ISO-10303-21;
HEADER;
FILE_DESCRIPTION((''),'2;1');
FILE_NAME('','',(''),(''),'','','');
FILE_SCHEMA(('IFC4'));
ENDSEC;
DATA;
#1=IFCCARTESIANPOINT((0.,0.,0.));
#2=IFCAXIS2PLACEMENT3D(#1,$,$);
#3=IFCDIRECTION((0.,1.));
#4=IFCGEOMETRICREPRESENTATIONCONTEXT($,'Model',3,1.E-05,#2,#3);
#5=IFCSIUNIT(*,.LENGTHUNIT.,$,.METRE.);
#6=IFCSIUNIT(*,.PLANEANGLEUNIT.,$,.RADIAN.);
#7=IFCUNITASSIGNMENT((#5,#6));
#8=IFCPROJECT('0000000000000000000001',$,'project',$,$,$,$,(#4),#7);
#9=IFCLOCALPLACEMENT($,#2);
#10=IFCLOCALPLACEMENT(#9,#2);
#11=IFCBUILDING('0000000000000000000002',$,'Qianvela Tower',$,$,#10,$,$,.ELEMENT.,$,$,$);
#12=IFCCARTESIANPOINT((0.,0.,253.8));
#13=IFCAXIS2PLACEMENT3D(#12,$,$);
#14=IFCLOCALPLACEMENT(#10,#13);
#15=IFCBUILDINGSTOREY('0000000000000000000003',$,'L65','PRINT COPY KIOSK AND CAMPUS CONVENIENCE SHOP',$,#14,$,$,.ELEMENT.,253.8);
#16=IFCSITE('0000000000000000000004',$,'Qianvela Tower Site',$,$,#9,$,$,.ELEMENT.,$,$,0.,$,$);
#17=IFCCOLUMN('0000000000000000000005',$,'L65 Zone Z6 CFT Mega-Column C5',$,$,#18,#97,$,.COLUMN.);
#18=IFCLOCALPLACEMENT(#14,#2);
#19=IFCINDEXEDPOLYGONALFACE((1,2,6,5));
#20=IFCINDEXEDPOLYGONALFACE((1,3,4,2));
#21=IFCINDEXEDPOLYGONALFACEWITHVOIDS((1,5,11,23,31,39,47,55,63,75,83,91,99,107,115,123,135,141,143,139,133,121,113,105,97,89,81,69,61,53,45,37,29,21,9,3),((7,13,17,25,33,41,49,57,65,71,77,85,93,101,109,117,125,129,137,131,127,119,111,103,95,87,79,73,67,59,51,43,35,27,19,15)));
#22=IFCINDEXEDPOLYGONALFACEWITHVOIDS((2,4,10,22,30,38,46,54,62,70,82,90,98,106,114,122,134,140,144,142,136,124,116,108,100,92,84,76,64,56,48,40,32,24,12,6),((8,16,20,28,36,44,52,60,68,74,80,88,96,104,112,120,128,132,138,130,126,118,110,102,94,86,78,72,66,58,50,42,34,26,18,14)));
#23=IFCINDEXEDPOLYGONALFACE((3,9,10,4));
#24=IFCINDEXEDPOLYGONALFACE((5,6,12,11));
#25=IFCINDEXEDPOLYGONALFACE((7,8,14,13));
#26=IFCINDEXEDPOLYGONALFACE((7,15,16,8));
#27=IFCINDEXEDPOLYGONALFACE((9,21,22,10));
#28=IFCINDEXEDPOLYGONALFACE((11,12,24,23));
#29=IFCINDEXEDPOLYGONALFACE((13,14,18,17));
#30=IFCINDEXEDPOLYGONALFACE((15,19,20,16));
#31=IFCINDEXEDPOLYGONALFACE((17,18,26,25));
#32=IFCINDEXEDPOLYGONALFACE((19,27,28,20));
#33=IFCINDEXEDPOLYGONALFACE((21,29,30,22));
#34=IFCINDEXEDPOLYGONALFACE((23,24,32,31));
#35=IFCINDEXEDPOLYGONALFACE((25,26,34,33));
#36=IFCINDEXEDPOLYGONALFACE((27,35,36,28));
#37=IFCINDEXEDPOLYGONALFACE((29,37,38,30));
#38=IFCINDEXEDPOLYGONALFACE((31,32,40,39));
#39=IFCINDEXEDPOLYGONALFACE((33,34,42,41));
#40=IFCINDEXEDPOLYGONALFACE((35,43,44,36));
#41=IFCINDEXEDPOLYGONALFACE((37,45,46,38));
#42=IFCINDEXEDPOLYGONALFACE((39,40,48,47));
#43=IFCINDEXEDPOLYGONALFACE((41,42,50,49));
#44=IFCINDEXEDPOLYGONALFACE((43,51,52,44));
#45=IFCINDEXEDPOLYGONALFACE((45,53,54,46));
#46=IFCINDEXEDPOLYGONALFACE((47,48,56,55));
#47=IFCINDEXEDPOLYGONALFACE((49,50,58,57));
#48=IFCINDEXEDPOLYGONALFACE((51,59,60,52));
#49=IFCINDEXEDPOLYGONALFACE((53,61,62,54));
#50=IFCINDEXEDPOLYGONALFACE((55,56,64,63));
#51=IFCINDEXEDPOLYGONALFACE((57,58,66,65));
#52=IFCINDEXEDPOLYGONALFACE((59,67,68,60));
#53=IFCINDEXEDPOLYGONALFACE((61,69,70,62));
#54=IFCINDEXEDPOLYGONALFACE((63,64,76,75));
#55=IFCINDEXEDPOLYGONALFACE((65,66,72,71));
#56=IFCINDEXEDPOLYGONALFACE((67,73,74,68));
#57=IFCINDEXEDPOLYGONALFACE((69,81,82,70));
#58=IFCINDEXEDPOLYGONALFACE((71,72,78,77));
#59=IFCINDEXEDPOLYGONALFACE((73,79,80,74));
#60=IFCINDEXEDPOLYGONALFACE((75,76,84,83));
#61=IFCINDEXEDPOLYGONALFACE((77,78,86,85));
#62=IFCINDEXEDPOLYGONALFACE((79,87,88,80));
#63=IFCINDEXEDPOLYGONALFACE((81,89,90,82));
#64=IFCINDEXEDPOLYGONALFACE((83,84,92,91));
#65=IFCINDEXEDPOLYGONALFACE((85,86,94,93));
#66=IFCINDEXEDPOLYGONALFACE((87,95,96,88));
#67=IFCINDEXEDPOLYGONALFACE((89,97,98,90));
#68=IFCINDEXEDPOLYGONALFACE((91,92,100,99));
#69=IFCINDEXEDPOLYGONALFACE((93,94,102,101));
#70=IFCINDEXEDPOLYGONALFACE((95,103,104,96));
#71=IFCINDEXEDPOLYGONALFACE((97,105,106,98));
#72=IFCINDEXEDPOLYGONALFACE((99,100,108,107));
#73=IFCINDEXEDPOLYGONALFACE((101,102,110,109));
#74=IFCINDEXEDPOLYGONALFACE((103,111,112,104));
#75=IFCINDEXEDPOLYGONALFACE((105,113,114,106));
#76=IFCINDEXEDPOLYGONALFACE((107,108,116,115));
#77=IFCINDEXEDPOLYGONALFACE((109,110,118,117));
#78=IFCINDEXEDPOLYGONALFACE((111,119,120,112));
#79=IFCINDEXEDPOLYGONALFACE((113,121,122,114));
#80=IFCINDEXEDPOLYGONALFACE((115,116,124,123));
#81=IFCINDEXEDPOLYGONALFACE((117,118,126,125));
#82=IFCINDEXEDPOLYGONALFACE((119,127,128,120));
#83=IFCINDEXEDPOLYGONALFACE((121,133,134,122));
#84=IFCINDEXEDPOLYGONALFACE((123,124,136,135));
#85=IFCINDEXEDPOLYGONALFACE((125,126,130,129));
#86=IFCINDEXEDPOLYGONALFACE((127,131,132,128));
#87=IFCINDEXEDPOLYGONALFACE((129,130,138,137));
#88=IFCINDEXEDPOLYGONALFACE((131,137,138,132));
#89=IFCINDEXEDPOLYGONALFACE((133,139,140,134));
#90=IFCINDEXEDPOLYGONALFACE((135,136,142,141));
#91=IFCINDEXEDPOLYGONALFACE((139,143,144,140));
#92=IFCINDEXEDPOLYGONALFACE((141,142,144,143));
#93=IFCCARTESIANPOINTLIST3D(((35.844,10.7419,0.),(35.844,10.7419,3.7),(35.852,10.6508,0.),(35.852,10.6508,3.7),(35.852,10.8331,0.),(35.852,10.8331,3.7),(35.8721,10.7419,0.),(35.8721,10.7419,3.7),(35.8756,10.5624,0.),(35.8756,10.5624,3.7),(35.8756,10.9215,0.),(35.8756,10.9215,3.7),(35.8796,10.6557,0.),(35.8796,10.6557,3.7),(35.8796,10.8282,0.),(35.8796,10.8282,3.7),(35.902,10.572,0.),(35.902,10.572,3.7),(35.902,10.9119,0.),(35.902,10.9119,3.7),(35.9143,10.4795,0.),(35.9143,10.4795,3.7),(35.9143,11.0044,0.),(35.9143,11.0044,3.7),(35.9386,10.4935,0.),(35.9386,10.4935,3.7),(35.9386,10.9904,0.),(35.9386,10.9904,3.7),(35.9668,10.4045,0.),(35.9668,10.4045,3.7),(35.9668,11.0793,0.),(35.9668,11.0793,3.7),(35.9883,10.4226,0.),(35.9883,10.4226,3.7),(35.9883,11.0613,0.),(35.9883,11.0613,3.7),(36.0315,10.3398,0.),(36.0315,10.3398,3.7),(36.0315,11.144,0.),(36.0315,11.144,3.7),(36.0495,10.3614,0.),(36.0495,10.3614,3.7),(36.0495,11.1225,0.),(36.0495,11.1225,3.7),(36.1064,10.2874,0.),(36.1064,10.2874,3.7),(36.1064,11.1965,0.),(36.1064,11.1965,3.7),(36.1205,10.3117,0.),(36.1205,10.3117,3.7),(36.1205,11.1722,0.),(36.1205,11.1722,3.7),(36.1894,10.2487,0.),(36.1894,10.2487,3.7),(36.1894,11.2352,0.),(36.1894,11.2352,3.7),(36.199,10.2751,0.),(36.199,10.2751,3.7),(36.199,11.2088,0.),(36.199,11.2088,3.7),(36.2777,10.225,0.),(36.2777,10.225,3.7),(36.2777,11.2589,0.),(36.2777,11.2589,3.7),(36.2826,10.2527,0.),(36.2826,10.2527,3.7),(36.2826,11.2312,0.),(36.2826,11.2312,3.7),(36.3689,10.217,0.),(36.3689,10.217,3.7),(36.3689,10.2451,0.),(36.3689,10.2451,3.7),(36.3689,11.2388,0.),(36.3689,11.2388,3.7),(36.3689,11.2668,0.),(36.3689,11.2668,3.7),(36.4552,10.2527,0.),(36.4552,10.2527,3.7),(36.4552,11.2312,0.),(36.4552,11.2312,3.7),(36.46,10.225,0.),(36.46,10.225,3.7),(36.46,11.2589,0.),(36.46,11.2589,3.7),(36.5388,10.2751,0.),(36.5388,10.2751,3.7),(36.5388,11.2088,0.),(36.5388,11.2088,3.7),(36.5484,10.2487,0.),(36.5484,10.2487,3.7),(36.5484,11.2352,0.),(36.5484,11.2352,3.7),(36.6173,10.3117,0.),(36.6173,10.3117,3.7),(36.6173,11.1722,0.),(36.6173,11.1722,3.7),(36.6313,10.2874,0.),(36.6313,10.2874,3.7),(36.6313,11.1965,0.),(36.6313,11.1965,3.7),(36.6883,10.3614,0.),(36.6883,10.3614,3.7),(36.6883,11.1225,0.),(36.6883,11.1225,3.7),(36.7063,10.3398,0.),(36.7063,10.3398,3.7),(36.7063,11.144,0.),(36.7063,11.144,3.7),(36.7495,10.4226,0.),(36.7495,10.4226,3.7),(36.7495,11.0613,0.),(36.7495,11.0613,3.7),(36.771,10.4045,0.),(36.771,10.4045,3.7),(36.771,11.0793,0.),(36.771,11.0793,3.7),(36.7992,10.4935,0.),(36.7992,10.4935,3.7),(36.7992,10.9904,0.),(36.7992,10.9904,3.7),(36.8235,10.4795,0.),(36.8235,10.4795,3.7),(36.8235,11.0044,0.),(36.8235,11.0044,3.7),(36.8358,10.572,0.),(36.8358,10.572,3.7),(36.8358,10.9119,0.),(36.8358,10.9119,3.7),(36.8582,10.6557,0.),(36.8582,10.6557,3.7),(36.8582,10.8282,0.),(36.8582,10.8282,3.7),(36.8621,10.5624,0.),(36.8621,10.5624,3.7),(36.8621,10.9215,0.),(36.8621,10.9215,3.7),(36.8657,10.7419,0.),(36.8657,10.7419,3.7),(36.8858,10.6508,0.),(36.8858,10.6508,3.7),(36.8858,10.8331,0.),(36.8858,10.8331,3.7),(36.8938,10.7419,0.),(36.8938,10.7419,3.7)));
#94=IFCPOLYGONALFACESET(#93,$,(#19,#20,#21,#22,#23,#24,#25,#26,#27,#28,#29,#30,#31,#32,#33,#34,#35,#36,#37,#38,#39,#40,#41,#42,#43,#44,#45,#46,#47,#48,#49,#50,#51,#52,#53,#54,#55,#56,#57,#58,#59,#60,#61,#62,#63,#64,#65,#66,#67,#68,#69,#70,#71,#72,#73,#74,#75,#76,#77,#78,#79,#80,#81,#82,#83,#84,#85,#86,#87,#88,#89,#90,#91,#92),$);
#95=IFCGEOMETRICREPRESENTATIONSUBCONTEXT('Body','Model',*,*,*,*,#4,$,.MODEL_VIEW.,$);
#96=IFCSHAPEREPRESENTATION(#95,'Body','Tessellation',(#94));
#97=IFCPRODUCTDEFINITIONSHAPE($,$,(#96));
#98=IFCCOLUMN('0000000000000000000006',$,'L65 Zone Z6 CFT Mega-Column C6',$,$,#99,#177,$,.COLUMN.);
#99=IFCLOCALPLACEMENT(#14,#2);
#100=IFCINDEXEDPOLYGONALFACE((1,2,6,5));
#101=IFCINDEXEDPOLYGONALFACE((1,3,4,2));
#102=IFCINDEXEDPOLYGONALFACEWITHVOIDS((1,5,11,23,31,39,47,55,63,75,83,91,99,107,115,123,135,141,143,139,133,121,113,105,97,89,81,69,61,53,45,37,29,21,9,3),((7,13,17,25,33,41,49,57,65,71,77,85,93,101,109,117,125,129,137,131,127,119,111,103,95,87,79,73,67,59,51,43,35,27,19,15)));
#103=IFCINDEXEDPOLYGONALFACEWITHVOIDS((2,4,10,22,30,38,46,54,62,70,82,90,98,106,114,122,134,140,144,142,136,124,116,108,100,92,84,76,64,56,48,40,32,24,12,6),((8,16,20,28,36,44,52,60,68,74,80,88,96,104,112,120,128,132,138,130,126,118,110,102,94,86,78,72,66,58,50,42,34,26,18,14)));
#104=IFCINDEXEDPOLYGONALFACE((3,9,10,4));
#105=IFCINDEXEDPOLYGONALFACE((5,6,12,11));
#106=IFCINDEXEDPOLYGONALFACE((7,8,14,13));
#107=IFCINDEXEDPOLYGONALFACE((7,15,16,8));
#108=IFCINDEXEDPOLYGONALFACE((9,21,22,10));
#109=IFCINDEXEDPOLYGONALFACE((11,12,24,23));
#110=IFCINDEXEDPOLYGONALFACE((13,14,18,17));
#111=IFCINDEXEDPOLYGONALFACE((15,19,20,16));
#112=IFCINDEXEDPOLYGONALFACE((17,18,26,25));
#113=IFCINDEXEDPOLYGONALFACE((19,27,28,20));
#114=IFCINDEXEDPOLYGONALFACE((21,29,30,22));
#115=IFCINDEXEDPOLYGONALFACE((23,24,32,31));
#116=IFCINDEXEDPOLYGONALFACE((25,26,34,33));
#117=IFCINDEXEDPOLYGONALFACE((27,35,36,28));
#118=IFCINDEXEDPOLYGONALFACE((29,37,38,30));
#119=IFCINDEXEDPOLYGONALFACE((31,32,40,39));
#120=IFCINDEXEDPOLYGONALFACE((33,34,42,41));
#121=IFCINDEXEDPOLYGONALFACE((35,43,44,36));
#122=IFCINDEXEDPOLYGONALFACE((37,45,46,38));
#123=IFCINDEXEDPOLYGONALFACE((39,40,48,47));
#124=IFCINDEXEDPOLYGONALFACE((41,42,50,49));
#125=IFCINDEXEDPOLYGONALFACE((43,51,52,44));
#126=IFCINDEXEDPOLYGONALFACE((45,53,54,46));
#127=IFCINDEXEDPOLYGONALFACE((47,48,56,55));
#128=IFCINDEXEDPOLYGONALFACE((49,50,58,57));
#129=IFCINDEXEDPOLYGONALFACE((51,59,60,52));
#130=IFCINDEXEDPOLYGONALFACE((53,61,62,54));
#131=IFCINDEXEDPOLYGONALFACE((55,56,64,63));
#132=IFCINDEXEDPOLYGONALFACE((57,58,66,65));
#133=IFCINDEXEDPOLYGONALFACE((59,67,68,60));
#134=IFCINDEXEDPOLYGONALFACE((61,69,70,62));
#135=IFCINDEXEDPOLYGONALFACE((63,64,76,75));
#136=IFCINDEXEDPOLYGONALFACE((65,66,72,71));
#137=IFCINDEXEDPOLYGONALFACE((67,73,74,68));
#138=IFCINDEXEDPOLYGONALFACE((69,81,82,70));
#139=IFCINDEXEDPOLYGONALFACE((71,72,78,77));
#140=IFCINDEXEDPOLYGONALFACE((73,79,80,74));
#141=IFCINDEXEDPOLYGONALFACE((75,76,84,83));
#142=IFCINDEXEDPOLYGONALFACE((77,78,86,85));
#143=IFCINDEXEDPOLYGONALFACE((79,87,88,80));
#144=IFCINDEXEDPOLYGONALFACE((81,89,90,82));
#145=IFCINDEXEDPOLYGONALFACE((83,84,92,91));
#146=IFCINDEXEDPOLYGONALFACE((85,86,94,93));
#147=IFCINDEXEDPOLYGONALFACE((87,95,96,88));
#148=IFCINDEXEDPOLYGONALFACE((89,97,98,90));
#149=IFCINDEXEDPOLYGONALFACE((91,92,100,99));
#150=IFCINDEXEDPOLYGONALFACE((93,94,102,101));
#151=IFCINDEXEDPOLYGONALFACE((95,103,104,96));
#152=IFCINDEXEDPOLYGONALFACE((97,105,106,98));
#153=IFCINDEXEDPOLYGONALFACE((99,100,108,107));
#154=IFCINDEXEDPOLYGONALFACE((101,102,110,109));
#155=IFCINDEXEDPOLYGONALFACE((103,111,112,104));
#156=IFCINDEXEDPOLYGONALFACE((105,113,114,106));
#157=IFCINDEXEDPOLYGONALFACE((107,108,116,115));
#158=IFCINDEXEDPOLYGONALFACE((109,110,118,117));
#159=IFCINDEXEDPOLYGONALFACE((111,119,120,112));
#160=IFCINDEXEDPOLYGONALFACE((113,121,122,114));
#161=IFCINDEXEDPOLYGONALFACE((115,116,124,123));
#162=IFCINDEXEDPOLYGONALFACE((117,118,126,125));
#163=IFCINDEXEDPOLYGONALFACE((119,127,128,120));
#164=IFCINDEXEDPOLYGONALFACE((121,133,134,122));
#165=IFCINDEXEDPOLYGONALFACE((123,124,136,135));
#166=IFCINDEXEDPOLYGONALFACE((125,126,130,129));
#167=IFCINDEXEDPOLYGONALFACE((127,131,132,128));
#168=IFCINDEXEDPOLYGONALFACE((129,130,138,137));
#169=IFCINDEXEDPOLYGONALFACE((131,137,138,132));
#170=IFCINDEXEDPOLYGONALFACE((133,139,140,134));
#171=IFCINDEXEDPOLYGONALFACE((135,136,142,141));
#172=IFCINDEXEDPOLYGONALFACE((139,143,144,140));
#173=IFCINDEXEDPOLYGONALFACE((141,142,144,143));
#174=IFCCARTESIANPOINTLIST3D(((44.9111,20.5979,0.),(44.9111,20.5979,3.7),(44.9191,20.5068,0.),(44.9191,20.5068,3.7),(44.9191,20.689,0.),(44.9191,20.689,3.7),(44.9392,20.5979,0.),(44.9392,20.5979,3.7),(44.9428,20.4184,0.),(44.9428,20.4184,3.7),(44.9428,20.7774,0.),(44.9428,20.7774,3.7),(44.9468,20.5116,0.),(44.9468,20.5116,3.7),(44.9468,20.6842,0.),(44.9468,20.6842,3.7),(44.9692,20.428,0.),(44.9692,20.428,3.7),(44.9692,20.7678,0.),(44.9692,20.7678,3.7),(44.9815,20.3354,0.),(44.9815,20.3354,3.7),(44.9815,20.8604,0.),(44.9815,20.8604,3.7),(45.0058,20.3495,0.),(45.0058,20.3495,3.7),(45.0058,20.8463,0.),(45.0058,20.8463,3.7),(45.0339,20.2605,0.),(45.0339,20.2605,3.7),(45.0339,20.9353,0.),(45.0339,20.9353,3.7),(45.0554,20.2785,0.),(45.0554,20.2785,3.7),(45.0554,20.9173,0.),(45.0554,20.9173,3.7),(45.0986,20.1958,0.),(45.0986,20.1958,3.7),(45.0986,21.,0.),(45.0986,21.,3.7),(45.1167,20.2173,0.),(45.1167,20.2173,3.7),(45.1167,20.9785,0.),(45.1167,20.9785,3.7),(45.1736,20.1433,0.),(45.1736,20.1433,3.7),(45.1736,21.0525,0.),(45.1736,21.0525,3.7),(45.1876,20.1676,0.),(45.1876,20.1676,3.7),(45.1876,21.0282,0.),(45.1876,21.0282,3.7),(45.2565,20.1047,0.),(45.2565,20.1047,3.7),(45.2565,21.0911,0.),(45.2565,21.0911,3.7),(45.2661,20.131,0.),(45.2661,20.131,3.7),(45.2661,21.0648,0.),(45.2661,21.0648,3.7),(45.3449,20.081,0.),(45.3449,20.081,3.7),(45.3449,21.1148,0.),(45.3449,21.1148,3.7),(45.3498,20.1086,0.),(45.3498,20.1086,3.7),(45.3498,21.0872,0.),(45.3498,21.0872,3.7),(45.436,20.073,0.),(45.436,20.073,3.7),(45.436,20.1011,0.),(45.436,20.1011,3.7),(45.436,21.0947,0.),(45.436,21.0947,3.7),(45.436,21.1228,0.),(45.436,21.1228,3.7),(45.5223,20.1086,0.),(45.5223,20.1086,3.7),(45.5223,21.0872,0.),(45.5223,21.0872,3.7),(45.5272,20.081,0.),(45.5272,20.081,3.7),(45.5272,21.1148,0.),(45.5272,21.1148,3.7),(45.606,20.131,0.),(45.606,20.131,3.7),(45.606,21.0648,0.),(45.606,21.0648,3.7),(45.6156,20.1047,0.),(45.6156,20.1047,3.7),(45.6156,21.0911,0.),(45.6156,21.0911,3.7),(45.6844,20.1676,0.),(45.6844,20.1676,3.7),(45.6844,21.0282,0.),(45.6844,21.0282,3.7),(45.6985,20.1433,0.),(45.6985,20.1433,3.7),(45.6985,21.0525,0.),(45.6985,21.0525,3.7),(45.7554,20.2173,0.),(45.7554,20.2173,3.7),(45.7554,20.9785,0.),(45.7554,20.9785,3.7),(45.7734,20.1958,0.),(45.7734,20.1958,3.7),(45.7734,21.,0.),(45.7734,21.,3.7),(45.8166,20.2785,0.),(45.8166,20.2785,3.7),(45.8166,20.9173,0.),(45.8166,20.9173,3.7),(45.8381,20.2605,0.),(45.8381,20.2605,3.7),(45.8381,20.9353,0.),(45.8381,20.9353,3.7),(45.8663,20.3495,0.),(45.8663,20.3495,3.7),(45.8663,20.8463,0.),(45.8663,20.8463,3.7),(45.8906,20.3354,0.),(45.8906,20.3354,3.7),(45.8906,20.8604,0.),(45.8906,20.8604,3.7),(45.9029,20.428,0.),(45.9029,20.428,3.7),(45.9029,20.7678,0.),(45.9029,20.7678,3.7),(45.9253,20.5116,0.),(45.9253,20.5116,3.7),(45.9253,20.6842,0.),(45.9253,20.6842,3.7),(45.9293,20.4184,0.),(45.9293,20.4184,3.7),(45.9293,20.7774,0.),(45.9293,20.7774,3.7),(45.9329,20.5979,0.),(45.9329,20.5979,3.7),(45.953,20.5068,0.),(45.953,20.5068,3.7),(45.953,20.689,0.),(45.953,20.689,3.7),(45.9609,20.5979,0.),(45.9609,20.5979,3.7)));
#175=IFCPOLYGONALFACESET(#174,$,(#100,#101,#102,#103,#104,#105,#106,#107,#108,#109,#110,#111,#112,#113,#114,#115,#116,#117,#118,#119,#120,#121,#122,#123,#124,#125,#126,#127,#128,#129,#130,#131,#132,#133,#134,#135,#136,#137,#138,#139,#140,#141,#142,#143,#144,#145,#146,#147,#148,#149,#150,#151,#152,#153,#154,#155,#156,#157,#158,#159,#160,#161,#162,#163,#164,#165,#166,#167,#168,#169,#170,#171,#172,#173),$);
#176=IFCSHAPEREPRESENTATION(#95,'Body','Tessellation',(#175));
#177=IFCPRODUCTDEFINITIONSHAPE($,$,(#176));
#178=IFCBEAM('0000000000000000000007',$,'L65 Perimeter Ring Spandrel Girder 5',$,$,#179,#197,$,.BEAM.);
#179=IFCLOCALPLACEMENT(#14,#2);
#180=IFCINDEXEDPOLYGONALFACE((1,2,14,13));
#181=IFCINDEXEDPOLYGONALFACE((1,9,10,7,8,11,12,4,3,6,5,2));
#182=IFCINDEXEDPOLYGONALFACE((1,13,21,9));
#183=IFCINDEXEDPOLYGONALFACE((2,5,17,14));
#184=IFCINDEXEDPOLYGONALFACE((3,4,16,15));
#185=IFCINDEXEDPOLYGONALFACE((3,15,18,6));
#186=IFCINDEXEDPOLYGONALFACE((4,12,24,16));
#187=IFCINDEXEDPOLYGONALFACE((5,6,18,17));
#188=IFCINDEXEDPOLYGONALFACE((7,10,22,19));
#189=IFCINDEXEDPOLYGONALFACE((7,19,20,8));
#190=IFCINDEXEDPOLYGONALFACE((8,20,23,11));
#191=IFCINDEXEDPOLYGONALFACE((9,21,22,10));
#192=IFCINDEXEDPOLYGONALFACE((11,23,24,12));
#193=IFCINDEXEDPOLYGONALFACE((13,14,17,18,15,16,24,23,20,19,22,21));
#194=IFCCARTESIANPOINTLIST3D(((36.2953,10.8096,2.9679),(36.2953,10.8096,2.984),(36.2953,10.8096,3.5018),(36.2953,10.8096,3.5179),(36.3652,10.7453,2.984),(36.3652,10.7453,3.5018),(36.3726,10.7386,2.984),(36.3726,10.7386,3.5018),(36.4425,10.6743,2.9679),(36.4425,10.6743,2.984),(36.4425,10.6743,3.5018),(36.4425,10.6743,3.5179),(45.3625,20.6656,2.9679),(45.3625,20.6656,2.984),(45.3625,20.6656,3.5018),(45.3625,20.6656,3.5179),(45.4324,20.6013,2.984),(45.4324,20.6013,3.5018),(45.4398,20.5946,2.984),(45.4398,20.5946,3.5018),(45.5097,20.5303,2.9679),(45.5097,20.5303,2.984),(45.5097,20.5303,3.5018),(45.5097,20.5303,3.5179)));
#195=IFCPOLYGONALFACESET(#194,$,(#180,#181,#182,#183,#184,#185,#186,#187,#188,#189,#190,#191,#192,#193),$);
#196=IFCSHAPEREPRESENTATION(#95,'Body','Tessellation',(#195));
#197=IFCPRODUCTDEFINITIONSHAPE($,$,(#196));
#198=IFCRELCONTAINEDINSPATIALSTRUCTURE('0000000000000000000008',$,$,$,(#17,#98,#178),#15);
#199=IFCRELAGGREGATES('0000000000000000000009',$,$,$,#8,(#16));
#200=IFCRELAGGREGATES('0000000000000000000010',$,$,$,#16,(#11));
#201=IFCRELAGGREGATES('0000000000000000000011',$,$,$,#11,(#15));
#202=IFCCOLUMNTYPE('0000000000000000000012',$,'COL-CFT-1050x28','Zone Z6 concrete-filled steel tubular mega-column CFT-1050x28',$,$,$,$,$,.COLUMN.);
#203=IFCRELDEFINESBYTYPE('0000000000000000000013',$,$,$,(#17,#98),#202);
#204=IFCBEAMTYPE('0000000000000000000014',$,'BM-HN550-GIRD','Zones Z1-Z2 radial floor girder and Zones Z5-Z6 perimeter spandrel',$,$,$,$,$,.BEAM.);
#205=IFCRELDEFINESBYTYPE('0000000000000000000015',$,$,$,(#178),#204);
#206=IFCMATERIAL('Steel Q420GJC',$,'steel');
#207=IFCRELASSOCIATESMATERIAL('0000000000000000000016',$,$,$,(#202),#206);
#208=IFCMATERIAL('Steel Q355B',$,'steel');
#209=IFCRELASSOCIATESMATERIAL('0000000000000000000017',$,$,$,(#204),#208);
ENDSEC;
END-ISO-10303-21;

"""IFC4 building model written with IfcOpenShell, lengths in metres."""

from ifc_helpers import new_model, si_unit, direction, frame, origin, origin_2d, place, context, subcontext, project, spatial, hollow_circle, i_section, extrude, material, material_profile, profile_set, type_object, element, save


model = new_model("IFC4")

# Units and contexts
model_context = context("Model", 3, precision=1e-05, world=origin(), true_north=direction((0.0, 1.0)))
body_context = subcontext(model_context, "Body", "Model", "MODEL_VIEW")
ifc_project = project(units=[si_unit("LENGTHUNIT", "METRE"), si_unit("PLANEANGLEUNIT", "RADIAN")], contexts=[model_context])

# Site, building, storey
site_placement = place(None, origin())
site = spatial("IfcSite", under=ifc_project, at=site_placement, Name="Qianvela Tower Site", CompositionType="ELEMENT", RefElevation=0.0)
building_placement = place(site_placement, origin())
building = spatial("IfcBuilding", under=site, at=building_placement, Name="Qianvela Tower", CompositionType="ELEMENT")
storey_placement = place(building_placement, frame((0.0, 0.0, 253.8)))
storey = spatial("IfcBuildingStorey", under=building, at=storey_placement, Name="L65", Description="PRINT COPY KIOSK AND CAMPUS CONVENIENCE SHOP", CompositionType="ELEMENT", Elevation=253.8)

# Columns
ifc_material_1 = material(Name="Steel Q420GJC", Category="steel")
ifc_material_profile_1 = material_profile(ifc_material_1, hollow_circle(Radius=0.5249, WallThickness=0.0281, at=origin_2d()), Name="CFT-1050x28")
ifc_profile_set_1 = profile_set([ifc_material_profile_1], Name="Steel Q420GJC")
column_type = type_object("IfcColumnType", Name="COL-CFT-1050x28", Description="Zone Z6 concrete-filled steel tubular mega-column CFT-1050x28", PredefinedType="COLUMN", material=ifc_profile_set_1)
for number, where, z_axis, x_axis, name in (
    (1, (36.3689, 10.7419, 0.0), (0.0, 0.0, 1.0), (1.0, 0.0, 0.0), "L65 Zone Z6 CFT Mega-Column C5"),
    (2, (45.436, 20.5979, 0.0), (0.0, 0.0, 1.0), (1.0, 0.0, 0.0), "L65 Zone Z6 CFT Mega-Column C6"),
):
    element("IfcColumn", number, at=place(storey_placement, frame(where, z_axis=z_axis, x_axis=x_axis)), inside=storey, type_object=column_type, Name=name, PredefinedType="COLUMN", context=body_context, shape_type="SweptSolid", body=[
        extrude(hollow_circle(Radius=0.5249, WallThickness=0.0281, at=origin_2d()), origin(), (0.0, 0.0, 1.0), 3.7),
    ])

# Beam
ifc_material_2 = material(Name="Steel Q355B", Category="steel")
ifc_material_profile_2 = material_profile(ifc_material_2, i_section(OverallWidth=0.2, OverallDepth=0.55, WebThickness=0.01, FlangeThickness=0.0161, at=origin_2d()), Name="HN550x200x10x16")
ifc_profile_set_2 = profile_set([ifc_material_profile_2], Name="Steel Q355B")
beam_type_1 = type_object("IfcBeamType", Name="BM-HN550-GIRD", Description="Zones Z1-Z2 radial floor girder and Zones Z5-Z6 perimeter spandrel", PredefinedType="BEAM", material=ifc_profile_set_2)
beam_1_placement = place(storey_placement, frame((36.3689, 10.7419, 3.2429), z_axis=(0.677043, 0.735944, 0.0), x_axis=(-0.735944, 0.677043, 0.0)))
element("IfcBeam", 3, at=beam_1_placement, inside=storey, type_object=beam_type_1, Name="L65 Perimeter Ring Spandrel Girder 5", PredefinedType="BEAM", context=body_context, shape_type="SweptSolid", body=[
    extrude(i_section(OverallWidth=0.2, OverallDepth=0.55, WebThickness=0.01, FlangeThickness=0.0161, at=origin_2d()), origin(), (0.0, 0.0, 1.0), 13.3923),
])

save(model, "model.ifc")
